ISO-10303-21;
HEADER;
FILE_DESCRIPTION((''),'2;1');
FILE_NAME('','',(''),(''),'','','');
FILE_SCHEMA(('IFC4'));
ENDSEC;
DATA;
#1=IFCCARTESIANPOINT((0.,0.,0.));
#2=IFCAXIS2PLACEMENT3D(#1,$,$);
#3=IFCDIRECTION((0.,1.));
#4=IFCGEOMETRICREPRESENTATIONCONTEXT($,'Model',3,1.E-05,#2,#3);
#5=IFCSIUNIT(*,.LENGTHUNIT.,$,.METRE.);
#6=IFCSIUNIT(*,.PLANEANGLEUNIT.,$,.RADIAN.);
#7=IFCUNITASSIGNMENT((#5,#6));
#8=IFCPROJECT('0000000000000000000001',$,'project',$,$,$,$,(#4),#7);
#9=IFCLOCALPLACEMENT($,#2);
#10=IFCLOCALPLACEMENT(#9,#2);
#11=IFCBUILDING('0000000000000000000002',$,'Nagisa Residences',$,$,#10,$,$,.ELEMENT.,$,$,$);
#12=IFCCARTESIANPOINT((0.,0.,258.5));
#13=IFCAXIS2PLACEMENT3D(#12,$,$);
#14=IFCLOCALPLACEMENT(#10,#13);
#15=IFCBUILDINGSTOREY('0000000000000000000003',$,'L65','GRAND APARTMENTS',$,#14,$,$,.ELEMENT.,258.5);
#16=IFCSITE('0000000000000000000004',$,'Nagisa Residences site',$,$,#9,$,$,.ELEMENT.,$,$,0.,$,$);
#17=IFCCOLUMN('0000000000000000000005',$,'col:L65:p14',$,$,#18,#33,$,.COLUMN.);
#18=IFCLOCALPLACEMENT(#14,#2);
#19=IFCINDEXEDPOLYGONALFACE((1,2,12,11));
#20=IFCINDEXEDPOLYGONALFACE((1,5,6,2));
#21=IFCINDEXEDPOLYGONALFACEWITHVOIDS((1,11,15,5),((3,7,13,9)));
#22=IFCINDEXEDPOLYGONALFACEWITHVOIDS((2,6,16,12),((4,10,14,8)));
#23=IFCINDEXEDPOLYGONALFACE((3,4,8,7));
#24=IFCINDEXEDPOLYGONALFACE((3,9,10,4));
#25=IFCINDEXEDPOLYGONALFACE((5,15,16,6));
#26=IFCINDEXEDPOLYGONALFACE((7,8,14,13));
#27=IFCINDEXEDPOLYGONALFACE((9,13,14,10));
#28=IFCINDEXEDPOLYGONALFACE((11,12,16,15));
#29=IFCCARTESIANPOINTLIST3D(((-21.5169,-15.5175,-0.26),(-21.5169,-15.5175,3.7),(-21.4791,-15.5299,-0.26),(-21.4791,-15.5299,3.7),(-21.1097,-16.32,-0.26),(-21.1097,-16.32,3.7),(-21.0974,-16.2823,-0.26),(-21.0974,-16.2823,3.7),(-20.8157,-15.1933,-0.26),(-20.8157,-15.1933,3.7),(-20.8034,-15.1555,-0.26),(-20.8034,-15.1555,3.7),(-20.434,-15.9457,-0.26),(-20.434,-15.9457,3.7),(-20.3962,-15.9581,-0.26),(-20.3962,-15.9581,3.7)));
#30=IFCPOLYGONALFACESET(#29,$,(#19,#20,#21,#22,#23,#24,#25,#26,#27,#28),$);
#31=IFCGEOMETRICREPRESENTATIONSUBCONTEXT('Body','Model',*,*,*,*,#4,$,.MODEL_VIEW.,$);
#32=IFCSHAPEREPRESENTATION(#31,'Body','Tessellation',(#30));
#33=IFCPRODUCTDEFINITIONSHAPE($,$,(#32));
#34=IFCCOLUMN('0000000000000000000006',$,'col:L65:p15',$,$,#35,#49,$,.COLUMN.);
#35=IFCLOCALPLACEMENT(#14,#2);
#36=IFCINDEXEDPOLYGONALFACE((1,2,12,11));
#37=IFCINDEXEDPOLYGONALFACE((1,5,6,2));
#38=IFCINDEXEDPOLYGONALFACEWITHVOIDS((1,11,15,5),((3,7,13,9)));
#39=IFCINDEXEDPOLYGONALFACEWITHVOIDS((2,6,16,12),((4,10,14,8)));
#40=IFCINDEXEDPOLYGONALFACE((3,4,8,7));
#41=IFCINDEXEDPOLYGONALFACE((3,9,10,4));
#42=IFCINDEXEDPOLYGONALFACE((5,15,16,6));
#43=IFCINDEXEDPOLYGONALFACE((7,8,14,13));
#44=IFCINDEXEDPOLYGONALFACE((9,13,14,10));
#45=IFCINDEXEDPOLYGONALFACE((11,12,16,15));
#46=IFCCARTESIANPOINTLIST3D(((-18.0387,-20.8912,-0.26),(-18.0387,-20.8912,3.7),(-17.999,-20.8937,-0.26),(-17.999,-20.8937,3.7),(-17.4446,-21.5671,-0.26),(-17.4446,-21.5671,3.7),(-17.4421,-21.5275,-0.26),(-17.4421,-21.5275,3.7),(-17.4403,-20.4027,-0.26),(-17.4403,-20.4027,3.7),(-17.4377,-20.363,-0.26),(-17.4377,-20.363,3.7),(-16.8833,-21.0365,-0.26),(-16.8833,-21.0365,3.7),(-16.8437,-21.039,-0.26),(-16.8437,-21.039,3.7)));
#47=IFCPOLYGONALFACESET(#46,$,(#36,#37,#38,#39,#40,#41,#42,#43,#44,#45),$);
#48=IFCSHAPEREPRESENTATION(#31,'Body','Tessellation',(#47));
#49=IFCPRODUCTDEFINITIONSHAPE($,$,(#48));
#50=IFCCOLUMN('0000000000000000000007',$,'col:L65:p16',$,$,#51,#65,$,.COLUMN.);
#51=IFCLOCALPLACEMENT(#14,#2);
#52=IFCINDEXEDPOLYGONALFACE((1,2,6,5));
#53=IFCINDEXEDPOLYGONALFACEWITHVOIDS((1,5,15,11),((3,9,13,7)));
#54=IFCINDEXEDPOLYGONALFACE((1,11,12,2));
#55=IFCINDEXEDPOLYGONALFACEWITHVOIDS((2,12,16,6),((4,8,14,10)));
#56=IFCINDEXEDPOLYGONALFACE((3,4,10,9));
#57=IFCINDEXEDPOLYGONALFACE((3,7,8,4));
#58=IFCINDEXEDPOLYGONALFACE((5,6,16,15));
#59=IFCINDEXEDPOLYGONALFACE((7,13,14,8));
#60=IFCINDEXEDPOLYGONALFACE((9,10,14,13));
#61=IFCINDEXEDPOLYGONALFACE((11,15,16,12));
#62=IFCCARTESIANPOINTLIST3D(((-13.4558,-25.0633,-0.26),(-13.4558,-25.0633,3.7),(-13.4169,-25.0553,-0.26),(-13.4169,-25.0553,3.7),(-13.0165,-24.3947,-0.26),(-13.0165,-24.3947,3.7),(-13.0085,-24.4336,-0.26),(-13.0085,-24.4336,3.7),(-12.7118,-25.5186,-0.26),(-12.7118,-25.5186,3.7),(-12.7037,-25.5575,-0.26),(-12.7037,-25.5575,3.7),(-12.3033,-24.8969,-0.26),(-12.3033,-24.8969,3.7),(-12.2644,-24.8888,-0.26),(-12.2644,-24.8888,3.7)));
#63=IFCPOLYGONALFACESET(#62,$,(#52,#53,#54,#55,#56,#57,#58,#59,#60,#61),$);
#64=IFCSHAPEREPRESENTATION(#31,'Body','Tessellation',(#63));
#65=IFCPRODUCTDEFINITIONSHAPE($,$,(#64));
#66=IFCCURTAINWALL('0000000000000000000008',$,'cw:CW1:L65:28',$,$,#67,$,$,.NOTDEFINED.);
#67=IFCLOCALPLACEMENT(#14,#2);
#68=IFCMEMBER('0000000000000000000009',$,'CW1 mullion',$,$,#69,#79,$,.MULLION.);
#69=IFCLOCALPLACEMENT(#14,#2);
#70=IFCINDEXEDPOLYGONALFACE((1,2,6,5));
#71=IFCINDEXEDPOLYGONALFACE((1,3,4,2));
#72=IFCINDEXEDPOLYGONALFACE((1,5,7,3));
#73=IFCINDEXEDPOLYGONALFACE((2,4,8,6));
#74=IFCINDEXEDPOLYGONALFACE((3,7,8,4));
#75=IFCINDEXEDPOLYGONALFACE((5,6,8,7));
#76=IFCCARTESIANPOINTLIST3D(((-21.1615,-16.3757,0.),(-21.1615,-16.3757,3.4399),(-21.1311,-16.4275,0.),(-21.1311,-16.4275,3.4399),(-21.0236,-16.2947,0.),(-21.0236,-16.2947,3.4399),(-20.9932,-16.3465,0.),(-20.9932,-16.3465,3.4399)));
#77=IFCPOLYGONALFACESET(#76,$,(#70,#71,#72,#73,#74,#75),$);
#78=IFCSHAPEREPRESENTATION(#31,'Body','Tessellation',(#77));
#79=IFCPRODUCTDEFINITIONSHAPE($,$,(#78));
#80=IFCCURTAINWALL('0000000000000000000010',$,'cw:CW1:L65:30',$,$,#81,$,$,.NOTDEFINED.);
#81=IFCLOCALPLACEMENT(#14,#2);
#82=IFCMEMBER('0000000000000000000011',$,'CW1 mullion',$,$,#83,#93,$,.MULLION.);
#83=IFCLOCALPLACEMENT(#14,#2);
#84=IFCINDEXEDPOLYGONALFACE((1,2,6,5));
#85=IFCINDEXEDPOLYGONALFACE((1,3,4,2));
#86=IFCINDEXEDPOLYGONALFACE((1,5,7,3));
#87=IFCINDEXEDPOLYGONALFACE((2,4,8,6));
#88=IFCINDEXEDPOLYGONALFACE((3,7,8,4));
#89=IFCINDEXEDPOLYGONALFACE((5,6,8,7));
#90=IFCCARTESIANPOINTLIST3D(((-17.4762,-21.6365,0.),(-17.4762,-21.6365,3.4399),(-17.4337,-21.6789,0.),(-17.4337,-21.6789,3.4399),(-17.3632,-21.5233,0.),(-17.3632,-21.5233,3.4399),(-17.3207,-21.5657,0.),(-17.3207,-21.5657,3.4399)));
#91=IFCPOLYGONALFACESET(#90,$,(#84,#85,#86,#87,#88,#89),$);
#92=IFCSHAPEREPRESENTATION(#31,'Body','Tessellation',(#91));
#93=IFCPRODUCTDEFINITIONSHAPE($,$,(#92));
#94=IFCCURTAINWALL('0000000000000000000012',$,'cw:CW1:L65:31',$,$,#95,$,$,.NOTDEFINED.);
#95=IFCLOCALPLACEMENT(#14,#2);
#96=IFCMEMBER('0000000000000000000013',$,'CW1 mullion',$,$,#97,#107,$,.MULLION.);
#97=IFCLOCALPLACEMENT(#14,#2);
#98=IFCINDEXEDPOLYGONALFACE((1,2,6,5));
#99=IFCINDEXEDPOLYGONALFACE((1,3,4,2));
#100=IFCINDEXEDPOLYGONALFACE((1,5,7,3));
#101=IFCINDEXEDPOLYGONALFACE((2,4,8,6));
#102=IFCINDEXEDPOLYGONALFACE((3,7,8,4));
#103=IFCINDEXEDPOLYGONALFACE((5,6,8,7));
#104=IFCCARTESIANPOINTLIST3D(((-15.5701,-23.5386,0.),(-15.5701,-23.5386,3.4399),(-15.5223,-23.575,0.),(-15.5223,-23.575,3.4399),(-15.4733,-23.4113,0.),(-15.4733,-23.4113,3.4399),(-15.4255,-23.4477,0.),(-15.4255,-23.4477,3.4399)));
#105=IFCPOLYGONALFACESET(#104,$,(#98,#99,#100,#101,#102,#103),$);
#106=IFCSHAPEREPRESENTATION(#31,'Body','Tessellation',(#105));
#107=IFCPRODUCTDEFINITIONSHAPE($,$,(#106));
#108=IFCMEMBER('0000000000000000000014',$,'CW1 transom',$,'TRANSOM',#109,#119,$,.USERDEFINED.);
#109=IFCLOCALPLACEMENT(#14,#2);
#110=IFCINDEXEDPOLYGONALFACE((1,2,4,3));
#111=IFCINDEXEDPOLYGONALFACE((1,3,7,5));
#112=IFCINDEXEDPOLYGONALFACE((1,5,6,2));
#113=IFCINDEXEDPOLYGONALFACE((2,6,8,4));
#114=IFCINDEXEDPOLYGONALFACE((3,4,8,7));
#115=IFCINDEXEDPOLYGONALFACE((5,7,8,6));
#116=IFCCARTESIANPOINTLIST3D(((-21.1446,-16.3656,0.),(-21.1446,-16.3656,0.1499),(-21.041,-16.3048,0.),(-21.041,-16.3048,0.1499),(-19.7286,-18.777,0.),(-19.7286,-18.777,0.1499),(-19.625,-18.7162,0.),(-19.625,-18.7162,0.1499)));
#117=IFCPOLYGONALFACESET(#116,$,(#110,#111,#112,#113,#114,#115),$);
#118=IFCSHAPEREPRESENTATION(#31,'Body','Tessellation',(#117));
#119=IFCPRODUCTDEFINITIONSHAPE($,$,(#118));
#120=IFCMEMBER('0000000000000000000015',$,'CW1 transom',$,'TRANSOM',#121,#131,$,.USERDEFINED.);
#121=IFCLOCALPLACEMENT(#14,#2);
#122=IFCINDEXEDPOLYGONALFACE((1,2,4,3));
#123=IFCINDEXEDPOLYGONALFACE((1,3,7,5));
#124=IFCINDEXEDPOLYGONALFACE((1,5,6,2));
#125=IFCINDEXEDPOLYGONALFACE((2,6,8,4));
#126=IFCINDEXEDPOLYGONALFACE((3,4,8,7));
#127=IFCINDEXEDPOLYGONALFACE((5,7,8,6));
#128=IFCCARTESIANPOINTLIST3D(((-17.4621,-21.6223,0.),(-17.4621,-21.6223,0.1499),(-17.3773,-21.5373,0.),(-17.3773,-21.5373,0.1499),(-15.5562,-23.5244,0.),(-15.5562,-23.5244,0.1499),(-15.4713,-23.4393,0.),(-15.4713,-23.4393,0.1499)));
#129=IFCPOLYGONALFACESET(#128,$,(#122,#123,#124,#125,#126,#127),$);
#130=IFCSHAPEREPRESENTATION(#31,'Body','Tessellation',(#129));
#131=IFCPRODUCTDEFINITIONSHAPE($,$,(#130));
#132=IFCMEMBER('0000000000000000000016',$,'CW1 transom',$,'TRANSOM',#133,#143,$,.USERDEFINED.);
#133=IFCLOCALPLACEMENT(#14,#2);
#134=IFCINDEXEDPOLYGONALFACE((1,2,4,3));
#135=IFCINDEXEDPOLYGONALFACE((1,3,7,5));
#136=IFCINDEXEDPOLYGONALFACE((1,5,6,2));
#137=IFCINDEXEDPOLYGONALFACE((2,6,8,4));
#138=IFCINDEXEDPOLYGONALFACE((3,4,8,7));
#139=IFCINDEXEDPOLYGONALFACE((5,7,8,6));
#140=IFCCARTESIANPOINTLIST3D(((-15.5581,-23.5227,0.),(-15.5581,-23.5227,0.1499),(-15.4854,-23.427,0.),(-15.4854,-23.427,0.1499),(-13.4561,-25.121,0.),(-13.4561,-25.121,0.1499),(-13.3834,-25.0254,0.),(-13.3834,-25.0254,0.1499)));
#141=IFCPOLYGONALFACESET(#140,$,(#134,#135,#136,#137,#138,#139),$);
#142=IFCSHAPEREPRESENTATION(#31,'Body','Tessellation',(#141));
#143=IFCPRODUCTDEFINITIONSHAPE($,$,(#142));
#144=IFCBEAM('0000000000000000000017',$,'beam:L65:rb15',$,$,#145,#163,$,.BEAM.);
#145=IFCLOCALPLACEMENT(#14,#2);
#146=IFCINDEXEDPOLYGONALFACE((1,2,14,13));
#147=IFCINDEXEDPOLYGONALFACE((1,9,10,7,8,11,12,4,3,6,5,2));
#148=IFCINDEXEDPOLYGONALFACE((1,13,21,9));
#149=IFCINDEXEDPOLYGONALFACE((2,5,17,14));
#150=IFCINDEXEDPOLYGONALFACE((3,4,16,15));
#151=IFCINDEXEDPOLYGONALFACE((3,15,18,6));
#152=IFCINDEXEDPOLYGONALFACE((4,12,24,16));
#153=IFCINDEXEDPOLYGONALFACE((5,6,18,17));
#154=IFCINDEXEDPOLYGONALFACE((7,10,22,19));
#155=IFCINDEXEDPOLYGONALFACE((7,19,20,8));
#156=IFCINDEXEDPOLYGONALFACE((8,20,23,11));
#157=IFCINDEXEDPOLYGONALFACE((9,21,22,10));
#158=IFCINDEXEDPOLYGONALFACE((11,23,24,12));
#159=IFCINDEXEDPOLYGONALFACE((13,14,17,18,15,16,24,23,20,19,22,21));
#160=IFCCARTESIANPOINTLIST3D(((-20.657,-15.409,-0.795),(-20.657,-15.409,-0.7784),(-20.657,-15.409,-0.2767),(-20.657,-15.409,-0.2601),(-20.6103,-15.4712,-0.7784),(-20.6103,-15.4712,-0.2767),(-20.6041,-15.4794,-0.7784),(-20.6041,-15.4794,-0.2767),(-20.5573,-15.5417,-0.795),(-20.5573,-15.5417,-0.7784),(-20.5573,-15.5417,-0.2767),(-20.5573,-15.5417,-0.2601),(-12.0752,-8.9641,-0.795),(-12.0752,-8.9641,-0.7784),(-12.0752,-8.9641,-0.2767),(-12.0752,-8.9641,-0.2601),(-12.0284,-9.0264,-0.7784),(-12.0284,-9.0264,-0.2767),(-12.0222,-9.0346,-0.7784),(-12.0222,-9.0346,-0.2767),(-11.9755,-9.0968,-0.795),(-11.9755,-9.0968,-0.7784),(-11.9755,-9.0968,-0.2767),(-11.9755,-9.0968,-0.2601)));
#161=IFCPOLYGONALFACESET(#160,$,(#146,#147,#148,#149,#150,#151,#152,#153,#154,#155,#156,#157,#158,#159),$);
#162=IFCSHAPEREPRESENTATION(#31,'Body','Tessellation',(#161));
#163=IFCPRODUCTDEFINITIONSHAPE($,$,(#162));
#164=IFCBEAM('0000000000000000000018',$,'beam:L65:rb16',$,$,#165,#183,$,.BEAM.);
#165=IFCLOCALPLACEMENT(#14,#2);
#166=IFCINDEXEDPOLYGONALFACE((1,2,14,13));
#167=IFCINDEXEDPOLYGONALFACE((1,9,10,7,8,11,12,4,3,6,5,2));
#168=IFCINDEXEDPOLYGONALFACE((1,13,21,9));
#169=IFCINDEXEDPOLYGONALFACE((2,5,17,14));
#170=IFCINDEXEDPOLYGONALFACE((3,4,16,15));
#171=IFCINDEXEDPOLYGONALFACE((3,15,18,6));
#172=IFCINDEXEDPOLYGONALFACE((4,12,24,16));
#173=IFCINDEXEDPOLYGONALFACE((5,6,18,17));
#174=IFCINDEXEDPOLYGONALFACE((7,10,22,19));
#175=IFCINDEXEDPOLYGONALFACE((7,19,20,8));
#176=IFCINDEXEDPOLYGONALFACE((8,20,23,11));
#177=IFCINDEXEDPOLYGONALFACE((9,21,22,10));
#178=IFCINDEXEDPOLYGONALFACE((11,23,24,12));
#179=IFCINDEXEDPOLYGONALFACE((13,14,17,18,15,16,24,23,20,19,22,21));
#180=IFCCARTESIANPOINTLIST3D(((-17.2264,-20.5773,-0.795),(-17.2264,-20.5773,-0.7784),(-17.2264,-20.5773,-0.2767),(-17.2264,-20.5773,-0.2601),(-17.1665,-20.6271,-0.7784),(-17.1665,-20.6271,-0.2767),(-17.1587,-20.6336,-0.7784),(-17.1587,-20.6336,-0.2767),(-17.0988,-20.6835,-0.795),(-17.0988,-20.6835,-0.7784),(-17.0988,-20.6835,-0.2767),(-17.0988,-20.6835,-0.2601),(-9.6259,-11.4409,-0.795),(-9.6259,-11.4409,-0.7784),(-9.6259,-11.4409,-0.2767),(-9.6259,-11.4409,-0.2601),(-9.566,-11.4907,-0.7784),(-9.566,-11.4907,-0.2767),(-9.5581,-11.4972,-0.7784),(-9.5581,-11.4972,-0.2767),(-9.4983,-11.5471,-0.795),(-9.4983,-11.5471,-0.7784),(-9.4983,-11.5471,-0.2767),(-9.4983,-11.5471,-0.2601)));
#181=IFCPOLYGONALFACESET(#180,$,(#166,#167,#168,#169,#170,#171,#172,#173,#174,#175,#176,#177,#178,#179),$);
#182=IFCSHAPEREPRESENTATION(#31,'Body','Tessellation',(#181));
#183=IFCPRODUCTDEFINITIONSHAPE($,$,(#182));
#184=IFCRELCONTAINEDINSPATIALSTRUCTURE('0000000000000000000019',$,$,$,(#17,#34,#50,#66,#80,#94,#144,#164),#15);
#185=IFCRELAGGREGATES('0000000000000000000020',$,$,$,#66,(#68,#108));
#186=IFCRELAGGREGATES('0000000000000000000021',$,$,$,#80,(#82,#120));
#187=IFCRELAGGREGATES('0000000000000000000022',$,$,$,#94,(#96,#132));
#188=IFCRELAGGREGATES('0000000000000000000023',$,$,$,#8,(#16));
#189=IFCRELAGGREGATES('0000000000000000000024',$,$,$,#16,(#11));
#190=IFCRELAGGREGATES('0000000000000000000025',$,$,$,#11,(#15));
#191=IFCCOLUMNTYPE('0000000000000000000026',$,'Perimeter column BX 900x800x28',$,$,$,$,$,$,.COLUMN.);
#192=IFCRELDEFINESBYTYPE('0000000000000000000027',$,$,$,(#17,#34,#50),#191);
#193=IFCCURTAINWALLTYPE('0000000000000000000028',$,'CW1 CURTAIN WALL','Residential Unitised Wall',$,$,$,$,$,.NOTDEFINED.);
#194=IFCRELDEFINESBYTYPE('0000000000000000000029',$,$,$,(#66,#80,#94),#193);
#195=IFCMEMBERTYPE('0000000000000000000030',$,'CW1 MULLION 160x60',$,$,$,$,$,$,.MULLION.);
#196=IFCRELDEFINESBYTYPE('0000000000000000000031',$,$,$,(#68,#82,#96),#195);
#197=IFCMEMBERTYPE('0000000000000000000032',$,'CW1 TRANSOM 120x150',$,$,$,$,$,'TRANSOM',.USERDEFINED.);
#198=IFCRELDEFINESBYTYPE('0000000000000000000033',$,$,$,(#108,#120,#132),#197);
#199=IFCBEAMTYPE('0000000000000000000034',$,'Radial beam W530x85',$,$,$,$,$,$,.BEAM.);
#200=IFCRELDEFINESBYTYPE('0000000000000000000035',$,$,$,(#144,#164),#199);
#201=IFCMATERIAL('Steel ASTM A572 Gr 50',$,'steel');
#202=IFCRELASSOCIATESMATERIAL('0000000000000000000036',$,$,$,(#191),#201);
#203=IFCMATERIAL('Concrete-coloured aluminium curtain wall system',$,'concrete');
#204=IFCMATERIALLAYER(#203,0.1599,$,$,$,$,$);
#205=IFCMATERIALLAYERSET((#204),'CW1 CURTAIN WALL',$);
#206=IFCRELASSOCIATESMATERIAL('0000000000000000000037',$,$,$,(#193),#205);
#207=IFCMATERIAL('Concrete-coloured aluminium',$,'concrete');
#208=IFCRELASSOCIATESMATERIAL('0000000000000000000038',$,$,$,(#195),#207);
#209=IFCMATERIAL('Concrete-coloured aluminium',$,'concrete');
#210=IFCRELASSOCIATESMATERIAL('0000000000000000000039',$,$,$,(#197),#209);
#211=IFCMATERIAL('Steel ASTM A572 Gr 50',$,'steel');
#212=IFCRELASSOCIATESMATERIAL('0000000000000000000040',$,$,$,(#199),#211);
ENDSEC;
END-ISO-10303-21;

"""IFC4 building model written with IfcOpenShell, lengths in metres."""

from ifc_helpers import new_model, si_unit, direction, frame, origin, origin_2d, place, context, subcontext, project, spatial, rectangle, hollow_rectangle, i_section, extrude, material, layer, layer_set, material_profile, profile_set, type_object, element, aggregate, save


model = new_model("IFC4")

# Units and contexts
model_context = context("Model", 3, precision=1e-05, world=origin(), true_north=direction((0.0, 1.0)))
body_context = subcontext(model_context, "Body", "Model", "MODEL_VIEW")
ifc_project = project(units=[si_unit("LENGTHUNIT", "METRE"), si_unit("PLANEANGLEUNIT", "RADIAN")], contexts=[model_context])

# Site, building, storey
site_placement = place(None, origin())
site = spatial("IfcSite", under=ifc_project, at=site_placement, Name="Nagisa Residences site", CompositionType="ELEMENT", RefElevation=0.0)
building_placement = place(site_placement, origin())
building = spatial("IfcBuilding", under=site, at=building_placement, Name="Nagisa Residences", CompositionType="ELEMENT")
storey_placement = place(building_placement, frame((0.0, 0.0, 258.5)))
storey = spatial("IfcBuildingStorey", under=building, at=storey_placement, Name="L65", Description="GRAND APARTMENTS", CompositionType="ELEMENT", Elevation=258.5)

# Columns
ifc_material_1 = material(Name="Steel ASTM A572 Gr 50", Category="steel")
ifc_material_profile_1 = material_profile(ifc_material_1, hollow_rectangle(XDim=0.8999, YDim=0.8, WallThickness=0.0281, at=origin_2d()), Name="BX 900x800x28")
ifc_profile_set_1 = profile_set([ifc_material_profile_1], Name="Steel ASTM A572 Gr 50")
column_type = type_object("IfcColumnType", Name="Perimeter column BX 900x800x28", PredefinedType="COLUMN", material=ifc_profile_set_1)
for number, where, z_axis, x_axis, name in (
    (1, (-20.9565, -15.7378, -0.26), (0.0, 0.0, 1.0), (0.452463, -0.891783, 0.0), "col:L65:p14"),
    (2, (-17.4412, -20.9651, -0.26), (0.0, 0.0, 1.0), (0.660115, -0.751165, 0.0), "col:L65:p15"),
    (3, (-12.8601, -24.9761, -0.26), (0.0, 0.0, 1.0), (0.835766, -0.549086, 0.0), "col:L65:p16"),
):
    element("IfcColumn", number, at=place(storey_placement, frame(where, z_axis=z_axis, x_axis=x_axis)), inside=storey, type_object=column_type, Name=name, PredefinedType="COLUMN", context=body_context, shape_type="SweptSolid", body=[
        extrude(hollow_rectangle(XDim=0.8999, YDim=0.8, WallThickness=0.0281, at=origin_2d()), origin(), (0.0, 0.0, 1.0), 3.96),
    ])

# Curtain walls, members
ifc_material_2 = material(Name="Concrete-coloured aluminium curtain wall system", Category="concrete")
ifc_layer_1 = layer(ifc_material_2, 0.1599)
ifc_layer_set_1 = layer_set([ifc_layer_1], Name="CW1 CURTAIN WALL")
curtain_wall_type = type_object("IfcCurtainWallType", Name="CW1 CURTAIN WALL", Description="Residential Unitised Wall", PredefinedType="NOTDEFINED", material=ifc_layer_set_1)
curtain_wall_1_placement = place(storey_placement, origin())
curtain_wall_1 = element("IfcCurtainWall", 4, at=curtain_wall_1_placement, inside=storey, type_object=curtain_wall_type, Name="cw:CW1:L65:28", PredefinedType="NOTDEFINED")
ifc_material_3 = material(Name="Concrete-coloured aluminium", Category="concrete")
ifc_material_profile_2 = material_profile(ifc_material_3, rectangle(XDim=0.1599, YDim=0.0601, at=origin_2d()), Name="CW1 MULLION 160x60")
ifc_profile_set_2 = profile_set([ifc_material_profile_2], Name="Concrete-coloured aluminium")
member_type_1 = type_object("IfcMemberType", Name="CW1 MULLION 160x60", PredefinedType="MULLION", material=ifc_profile_set_2)
member_1_placement = place(storey_placement, frame((-21.0774, -16.3611, 0.0), z_axis=(0.0, 0.0, 1.0), x_axis=(0.862329, 0.506349, 0.0)))
member_1 = element("IfcMember", 5, at=member_1_placement, type_object=member_type_1, Name="CW1 mullion", PredefinedType="MULLION", context=body_context, shape_type="SweptSolid", body=[
    extrude(rectangle(XDim=0.1599, YDim=0.0601, at=origin_2d()), origin(), (0.0, 0.0, 1.0), 3.4399),
])
curtain_wall_2_placement = place(storey_placement, origin())
curtain_wall_2 = element("IfcCurtainWall", 6, at=curtain_wall_2_placement, inside=storey, type_object=curtain_wall_type, Name="cw:CW1:L65:30", PredefinedType="NOTDEFINED")
member_2_placement = place(storey_placement, frame((-17.3984, -21.6011, 0.0), z_axis=(0.0, 0.0, 1.0), x_axis=(0.706377, 0.707836, 0.0)))
member_2 = element("IfcMember", 7, at=member_2_placement, type_object=member_type_1, Name="CW1 mullion", PredefinedType="MULLION", context=body_context, shape_type="SweptSolid", body=[
    extrude(rectangle(XDim=0.1599, YDim=0.0601, at=origin_2d()), origin(), (0.0, 0.0, 1.0), 3.4399),
])
curtain_wall_3_placement = place(storey_placement, origin())
curtain_wall_3 = element("IfcCurtainWall", 8, at=curtain_wall_3_placement, inside=storey, type_object=curtain_wall_type, Name="cw:CW1:L65:31", PredefinedType="NOTDEFINED")
member_3_placement = place(storey_placement, frame((-15.4978, -23.4932, 0.0), z_axis=(0.0, 0.0, 1.0), x_axis=(0.605255, 0.796031, 0.0)))
member_3 = element("IfcMember", 9, at=member_3_placement, type_object=member_type_1, Name="CW1 mullion", PredefinedType="MULLION", context=body_context, shape_type="SweptSolid", body=[
    extrude(rectangle(XDim=0.1599, YDim=0.0601, at=origin_2d()), origin(), (0.0, 0.0, 1.0), 3.4399),
])

# Members
ifc_material_4 = material(Name="Concrete-coloured aluminium", Category="concrete")
ifc_material_profile_3 = material_profile(ifc_material_4, rectangle(XDim=0.1201, YDim=0.1499, at=origin_2d()), Name="CW1 TRANSOM 120x150")
ifc_profile_set_3 = profile_set([ifc_material_profile_3], Name="Concrete-coloured aluminium")
member_type_2 = type_object("IfcMemberType", Name="CW1 TRANSOM 120x150", ElementType="TRANSOM", PredefinedType="USERDEFINED", material=ifc_profile_set_3)
member_4_placement = place(storey_placement, frame((-21.0928, -16.3352, 0.075), z_axis=(0.506371, -0.862316, 0.0), x_axis=(0.862316, 0.506371, 0.0)))
member_4 = element("IfcMember", 10, at=member_4_placement, type_object=member_type_2, Name="CW1 transom", ObjectType="TRANSOM", PredefinedType="USERDEFINED", context=body_context, shape_type="SweptSolid", body=[
    extrude(rectangle(XDim=0.1201, YDim=0.1499, at=origin_2d()), origin(), (0.0, 0.0, 1.0), 2.7964),
])
member_5_placement = place(storey_placement, frame((-17.4197, -21.5798, 0.075), z_axis=(0.707832, -0.706381, 0.0), x_axis=(0.706381, 0.707832, 0.0)))
member_5 = element("IfcMember", 11, at=member_5_placement, type_object=member_type_2, Name="CW1 transom", ObjectType="TRANSOM", PredefinedType="USERDEFINED", context=body_context, shape_type="SweptSolid", body=[
    extrude(rectangle(XDim=0.1201, YDim=0.1499, at=origin_2d()), origin(), (0.0, 0.0, 1.0), 2.6926),
])
member_6_placement = place(storey_placement, frame((-15.5217, -23.4749, 0.075), z_axis=(0.796011, -0.605282, 0.0), x_axis=(0.605282, 0.796011, 0.0)))
member_6 = element("IfcMember", 12, at=member_6_placement, type_object=member_type_2, Name="CW1 transom", ObjectType="TRANSOM", PredefinedType="USERDEFINED", context=body_context, shape_type="SweptSolid", body=[
    extrude(rectangle(XDim=0.1201, YDim=0.1499, at=origin_2d()), origin(), (0.0, 0.0, 1.0), 2.6406),
])

# Beams
ifc_material_5 = material(Name="Steel ASTM A572 Gr 50", Category="steel")
ifc_material_profile_4 = material_profile(ifc_material_5, i_section(OverallWidth=0.166, OverallDepth=0.5349, WebThickness=0.0103, FlangeThickness=0.0166, at=origin_2d()), Name="W530x85")
ifc_profile_set_4 = profile_set([ifc_material_profile_4], Name="Steel ASTM A572 Gr 50")
beam_type = type_object("IfcBeamType", Name="Radial beam W530x85", PredefinedType="BEAM", material=ifc_profile_set_4)
beam_1_placement = place(storey_placement, frame((-20.6072, -15.4753, -0.5276), z_axis=(0.79962, 0.600506, 0.0), x_axis=(-0.600506, 0.79962, 0.0)))
element("IfcBeam", 13, at=beam_1_placement, inside=storey, type_object=beam_type, Name="beam:L65:rb15", PredefinedType="BEAM", context=body_context, shape_type="SweptSolid", body=[
    extrude(i_section(OverallWidth=0.166, OverallDepth=0.5349, WebThickness=0.0103, FlangeThickness=0.0166, at=origin_2d()), origin(), (0.0, 0.0, 1.0), 10.7324),
])
beam_2_placement = place(storey_placement, frame((-17.1626, -20.6304, -0.5276), z_axis=(0.639532, 0.768765, 0.0), x_axis=(-0.768765, 0.639532, 0.0)))
element("IfcBeam", 14, at=beam_2_placement, inside=storey, type_object=beam_type, Name="beam:L65:rb16", PredefinedType="BEAM", context=body_context, shape_type="SweptSolid", body=[
    extrude(i_section(OverallWidth=0.166, OverallDepth=0.5349, WebThickness=0.0103, FlangeThickness=0.0166, at=origin_2d()), origin(), (0.0, 0.0, 1.0), 11.8845),
])

aggregate(curtain_wall_1, [member_1, member_4])
aggregate(curtain_wall_2, [member_2, member_5])
aggregate(curtain_wall_3, [member_3, member_6])

save(model, "model.ifc")
